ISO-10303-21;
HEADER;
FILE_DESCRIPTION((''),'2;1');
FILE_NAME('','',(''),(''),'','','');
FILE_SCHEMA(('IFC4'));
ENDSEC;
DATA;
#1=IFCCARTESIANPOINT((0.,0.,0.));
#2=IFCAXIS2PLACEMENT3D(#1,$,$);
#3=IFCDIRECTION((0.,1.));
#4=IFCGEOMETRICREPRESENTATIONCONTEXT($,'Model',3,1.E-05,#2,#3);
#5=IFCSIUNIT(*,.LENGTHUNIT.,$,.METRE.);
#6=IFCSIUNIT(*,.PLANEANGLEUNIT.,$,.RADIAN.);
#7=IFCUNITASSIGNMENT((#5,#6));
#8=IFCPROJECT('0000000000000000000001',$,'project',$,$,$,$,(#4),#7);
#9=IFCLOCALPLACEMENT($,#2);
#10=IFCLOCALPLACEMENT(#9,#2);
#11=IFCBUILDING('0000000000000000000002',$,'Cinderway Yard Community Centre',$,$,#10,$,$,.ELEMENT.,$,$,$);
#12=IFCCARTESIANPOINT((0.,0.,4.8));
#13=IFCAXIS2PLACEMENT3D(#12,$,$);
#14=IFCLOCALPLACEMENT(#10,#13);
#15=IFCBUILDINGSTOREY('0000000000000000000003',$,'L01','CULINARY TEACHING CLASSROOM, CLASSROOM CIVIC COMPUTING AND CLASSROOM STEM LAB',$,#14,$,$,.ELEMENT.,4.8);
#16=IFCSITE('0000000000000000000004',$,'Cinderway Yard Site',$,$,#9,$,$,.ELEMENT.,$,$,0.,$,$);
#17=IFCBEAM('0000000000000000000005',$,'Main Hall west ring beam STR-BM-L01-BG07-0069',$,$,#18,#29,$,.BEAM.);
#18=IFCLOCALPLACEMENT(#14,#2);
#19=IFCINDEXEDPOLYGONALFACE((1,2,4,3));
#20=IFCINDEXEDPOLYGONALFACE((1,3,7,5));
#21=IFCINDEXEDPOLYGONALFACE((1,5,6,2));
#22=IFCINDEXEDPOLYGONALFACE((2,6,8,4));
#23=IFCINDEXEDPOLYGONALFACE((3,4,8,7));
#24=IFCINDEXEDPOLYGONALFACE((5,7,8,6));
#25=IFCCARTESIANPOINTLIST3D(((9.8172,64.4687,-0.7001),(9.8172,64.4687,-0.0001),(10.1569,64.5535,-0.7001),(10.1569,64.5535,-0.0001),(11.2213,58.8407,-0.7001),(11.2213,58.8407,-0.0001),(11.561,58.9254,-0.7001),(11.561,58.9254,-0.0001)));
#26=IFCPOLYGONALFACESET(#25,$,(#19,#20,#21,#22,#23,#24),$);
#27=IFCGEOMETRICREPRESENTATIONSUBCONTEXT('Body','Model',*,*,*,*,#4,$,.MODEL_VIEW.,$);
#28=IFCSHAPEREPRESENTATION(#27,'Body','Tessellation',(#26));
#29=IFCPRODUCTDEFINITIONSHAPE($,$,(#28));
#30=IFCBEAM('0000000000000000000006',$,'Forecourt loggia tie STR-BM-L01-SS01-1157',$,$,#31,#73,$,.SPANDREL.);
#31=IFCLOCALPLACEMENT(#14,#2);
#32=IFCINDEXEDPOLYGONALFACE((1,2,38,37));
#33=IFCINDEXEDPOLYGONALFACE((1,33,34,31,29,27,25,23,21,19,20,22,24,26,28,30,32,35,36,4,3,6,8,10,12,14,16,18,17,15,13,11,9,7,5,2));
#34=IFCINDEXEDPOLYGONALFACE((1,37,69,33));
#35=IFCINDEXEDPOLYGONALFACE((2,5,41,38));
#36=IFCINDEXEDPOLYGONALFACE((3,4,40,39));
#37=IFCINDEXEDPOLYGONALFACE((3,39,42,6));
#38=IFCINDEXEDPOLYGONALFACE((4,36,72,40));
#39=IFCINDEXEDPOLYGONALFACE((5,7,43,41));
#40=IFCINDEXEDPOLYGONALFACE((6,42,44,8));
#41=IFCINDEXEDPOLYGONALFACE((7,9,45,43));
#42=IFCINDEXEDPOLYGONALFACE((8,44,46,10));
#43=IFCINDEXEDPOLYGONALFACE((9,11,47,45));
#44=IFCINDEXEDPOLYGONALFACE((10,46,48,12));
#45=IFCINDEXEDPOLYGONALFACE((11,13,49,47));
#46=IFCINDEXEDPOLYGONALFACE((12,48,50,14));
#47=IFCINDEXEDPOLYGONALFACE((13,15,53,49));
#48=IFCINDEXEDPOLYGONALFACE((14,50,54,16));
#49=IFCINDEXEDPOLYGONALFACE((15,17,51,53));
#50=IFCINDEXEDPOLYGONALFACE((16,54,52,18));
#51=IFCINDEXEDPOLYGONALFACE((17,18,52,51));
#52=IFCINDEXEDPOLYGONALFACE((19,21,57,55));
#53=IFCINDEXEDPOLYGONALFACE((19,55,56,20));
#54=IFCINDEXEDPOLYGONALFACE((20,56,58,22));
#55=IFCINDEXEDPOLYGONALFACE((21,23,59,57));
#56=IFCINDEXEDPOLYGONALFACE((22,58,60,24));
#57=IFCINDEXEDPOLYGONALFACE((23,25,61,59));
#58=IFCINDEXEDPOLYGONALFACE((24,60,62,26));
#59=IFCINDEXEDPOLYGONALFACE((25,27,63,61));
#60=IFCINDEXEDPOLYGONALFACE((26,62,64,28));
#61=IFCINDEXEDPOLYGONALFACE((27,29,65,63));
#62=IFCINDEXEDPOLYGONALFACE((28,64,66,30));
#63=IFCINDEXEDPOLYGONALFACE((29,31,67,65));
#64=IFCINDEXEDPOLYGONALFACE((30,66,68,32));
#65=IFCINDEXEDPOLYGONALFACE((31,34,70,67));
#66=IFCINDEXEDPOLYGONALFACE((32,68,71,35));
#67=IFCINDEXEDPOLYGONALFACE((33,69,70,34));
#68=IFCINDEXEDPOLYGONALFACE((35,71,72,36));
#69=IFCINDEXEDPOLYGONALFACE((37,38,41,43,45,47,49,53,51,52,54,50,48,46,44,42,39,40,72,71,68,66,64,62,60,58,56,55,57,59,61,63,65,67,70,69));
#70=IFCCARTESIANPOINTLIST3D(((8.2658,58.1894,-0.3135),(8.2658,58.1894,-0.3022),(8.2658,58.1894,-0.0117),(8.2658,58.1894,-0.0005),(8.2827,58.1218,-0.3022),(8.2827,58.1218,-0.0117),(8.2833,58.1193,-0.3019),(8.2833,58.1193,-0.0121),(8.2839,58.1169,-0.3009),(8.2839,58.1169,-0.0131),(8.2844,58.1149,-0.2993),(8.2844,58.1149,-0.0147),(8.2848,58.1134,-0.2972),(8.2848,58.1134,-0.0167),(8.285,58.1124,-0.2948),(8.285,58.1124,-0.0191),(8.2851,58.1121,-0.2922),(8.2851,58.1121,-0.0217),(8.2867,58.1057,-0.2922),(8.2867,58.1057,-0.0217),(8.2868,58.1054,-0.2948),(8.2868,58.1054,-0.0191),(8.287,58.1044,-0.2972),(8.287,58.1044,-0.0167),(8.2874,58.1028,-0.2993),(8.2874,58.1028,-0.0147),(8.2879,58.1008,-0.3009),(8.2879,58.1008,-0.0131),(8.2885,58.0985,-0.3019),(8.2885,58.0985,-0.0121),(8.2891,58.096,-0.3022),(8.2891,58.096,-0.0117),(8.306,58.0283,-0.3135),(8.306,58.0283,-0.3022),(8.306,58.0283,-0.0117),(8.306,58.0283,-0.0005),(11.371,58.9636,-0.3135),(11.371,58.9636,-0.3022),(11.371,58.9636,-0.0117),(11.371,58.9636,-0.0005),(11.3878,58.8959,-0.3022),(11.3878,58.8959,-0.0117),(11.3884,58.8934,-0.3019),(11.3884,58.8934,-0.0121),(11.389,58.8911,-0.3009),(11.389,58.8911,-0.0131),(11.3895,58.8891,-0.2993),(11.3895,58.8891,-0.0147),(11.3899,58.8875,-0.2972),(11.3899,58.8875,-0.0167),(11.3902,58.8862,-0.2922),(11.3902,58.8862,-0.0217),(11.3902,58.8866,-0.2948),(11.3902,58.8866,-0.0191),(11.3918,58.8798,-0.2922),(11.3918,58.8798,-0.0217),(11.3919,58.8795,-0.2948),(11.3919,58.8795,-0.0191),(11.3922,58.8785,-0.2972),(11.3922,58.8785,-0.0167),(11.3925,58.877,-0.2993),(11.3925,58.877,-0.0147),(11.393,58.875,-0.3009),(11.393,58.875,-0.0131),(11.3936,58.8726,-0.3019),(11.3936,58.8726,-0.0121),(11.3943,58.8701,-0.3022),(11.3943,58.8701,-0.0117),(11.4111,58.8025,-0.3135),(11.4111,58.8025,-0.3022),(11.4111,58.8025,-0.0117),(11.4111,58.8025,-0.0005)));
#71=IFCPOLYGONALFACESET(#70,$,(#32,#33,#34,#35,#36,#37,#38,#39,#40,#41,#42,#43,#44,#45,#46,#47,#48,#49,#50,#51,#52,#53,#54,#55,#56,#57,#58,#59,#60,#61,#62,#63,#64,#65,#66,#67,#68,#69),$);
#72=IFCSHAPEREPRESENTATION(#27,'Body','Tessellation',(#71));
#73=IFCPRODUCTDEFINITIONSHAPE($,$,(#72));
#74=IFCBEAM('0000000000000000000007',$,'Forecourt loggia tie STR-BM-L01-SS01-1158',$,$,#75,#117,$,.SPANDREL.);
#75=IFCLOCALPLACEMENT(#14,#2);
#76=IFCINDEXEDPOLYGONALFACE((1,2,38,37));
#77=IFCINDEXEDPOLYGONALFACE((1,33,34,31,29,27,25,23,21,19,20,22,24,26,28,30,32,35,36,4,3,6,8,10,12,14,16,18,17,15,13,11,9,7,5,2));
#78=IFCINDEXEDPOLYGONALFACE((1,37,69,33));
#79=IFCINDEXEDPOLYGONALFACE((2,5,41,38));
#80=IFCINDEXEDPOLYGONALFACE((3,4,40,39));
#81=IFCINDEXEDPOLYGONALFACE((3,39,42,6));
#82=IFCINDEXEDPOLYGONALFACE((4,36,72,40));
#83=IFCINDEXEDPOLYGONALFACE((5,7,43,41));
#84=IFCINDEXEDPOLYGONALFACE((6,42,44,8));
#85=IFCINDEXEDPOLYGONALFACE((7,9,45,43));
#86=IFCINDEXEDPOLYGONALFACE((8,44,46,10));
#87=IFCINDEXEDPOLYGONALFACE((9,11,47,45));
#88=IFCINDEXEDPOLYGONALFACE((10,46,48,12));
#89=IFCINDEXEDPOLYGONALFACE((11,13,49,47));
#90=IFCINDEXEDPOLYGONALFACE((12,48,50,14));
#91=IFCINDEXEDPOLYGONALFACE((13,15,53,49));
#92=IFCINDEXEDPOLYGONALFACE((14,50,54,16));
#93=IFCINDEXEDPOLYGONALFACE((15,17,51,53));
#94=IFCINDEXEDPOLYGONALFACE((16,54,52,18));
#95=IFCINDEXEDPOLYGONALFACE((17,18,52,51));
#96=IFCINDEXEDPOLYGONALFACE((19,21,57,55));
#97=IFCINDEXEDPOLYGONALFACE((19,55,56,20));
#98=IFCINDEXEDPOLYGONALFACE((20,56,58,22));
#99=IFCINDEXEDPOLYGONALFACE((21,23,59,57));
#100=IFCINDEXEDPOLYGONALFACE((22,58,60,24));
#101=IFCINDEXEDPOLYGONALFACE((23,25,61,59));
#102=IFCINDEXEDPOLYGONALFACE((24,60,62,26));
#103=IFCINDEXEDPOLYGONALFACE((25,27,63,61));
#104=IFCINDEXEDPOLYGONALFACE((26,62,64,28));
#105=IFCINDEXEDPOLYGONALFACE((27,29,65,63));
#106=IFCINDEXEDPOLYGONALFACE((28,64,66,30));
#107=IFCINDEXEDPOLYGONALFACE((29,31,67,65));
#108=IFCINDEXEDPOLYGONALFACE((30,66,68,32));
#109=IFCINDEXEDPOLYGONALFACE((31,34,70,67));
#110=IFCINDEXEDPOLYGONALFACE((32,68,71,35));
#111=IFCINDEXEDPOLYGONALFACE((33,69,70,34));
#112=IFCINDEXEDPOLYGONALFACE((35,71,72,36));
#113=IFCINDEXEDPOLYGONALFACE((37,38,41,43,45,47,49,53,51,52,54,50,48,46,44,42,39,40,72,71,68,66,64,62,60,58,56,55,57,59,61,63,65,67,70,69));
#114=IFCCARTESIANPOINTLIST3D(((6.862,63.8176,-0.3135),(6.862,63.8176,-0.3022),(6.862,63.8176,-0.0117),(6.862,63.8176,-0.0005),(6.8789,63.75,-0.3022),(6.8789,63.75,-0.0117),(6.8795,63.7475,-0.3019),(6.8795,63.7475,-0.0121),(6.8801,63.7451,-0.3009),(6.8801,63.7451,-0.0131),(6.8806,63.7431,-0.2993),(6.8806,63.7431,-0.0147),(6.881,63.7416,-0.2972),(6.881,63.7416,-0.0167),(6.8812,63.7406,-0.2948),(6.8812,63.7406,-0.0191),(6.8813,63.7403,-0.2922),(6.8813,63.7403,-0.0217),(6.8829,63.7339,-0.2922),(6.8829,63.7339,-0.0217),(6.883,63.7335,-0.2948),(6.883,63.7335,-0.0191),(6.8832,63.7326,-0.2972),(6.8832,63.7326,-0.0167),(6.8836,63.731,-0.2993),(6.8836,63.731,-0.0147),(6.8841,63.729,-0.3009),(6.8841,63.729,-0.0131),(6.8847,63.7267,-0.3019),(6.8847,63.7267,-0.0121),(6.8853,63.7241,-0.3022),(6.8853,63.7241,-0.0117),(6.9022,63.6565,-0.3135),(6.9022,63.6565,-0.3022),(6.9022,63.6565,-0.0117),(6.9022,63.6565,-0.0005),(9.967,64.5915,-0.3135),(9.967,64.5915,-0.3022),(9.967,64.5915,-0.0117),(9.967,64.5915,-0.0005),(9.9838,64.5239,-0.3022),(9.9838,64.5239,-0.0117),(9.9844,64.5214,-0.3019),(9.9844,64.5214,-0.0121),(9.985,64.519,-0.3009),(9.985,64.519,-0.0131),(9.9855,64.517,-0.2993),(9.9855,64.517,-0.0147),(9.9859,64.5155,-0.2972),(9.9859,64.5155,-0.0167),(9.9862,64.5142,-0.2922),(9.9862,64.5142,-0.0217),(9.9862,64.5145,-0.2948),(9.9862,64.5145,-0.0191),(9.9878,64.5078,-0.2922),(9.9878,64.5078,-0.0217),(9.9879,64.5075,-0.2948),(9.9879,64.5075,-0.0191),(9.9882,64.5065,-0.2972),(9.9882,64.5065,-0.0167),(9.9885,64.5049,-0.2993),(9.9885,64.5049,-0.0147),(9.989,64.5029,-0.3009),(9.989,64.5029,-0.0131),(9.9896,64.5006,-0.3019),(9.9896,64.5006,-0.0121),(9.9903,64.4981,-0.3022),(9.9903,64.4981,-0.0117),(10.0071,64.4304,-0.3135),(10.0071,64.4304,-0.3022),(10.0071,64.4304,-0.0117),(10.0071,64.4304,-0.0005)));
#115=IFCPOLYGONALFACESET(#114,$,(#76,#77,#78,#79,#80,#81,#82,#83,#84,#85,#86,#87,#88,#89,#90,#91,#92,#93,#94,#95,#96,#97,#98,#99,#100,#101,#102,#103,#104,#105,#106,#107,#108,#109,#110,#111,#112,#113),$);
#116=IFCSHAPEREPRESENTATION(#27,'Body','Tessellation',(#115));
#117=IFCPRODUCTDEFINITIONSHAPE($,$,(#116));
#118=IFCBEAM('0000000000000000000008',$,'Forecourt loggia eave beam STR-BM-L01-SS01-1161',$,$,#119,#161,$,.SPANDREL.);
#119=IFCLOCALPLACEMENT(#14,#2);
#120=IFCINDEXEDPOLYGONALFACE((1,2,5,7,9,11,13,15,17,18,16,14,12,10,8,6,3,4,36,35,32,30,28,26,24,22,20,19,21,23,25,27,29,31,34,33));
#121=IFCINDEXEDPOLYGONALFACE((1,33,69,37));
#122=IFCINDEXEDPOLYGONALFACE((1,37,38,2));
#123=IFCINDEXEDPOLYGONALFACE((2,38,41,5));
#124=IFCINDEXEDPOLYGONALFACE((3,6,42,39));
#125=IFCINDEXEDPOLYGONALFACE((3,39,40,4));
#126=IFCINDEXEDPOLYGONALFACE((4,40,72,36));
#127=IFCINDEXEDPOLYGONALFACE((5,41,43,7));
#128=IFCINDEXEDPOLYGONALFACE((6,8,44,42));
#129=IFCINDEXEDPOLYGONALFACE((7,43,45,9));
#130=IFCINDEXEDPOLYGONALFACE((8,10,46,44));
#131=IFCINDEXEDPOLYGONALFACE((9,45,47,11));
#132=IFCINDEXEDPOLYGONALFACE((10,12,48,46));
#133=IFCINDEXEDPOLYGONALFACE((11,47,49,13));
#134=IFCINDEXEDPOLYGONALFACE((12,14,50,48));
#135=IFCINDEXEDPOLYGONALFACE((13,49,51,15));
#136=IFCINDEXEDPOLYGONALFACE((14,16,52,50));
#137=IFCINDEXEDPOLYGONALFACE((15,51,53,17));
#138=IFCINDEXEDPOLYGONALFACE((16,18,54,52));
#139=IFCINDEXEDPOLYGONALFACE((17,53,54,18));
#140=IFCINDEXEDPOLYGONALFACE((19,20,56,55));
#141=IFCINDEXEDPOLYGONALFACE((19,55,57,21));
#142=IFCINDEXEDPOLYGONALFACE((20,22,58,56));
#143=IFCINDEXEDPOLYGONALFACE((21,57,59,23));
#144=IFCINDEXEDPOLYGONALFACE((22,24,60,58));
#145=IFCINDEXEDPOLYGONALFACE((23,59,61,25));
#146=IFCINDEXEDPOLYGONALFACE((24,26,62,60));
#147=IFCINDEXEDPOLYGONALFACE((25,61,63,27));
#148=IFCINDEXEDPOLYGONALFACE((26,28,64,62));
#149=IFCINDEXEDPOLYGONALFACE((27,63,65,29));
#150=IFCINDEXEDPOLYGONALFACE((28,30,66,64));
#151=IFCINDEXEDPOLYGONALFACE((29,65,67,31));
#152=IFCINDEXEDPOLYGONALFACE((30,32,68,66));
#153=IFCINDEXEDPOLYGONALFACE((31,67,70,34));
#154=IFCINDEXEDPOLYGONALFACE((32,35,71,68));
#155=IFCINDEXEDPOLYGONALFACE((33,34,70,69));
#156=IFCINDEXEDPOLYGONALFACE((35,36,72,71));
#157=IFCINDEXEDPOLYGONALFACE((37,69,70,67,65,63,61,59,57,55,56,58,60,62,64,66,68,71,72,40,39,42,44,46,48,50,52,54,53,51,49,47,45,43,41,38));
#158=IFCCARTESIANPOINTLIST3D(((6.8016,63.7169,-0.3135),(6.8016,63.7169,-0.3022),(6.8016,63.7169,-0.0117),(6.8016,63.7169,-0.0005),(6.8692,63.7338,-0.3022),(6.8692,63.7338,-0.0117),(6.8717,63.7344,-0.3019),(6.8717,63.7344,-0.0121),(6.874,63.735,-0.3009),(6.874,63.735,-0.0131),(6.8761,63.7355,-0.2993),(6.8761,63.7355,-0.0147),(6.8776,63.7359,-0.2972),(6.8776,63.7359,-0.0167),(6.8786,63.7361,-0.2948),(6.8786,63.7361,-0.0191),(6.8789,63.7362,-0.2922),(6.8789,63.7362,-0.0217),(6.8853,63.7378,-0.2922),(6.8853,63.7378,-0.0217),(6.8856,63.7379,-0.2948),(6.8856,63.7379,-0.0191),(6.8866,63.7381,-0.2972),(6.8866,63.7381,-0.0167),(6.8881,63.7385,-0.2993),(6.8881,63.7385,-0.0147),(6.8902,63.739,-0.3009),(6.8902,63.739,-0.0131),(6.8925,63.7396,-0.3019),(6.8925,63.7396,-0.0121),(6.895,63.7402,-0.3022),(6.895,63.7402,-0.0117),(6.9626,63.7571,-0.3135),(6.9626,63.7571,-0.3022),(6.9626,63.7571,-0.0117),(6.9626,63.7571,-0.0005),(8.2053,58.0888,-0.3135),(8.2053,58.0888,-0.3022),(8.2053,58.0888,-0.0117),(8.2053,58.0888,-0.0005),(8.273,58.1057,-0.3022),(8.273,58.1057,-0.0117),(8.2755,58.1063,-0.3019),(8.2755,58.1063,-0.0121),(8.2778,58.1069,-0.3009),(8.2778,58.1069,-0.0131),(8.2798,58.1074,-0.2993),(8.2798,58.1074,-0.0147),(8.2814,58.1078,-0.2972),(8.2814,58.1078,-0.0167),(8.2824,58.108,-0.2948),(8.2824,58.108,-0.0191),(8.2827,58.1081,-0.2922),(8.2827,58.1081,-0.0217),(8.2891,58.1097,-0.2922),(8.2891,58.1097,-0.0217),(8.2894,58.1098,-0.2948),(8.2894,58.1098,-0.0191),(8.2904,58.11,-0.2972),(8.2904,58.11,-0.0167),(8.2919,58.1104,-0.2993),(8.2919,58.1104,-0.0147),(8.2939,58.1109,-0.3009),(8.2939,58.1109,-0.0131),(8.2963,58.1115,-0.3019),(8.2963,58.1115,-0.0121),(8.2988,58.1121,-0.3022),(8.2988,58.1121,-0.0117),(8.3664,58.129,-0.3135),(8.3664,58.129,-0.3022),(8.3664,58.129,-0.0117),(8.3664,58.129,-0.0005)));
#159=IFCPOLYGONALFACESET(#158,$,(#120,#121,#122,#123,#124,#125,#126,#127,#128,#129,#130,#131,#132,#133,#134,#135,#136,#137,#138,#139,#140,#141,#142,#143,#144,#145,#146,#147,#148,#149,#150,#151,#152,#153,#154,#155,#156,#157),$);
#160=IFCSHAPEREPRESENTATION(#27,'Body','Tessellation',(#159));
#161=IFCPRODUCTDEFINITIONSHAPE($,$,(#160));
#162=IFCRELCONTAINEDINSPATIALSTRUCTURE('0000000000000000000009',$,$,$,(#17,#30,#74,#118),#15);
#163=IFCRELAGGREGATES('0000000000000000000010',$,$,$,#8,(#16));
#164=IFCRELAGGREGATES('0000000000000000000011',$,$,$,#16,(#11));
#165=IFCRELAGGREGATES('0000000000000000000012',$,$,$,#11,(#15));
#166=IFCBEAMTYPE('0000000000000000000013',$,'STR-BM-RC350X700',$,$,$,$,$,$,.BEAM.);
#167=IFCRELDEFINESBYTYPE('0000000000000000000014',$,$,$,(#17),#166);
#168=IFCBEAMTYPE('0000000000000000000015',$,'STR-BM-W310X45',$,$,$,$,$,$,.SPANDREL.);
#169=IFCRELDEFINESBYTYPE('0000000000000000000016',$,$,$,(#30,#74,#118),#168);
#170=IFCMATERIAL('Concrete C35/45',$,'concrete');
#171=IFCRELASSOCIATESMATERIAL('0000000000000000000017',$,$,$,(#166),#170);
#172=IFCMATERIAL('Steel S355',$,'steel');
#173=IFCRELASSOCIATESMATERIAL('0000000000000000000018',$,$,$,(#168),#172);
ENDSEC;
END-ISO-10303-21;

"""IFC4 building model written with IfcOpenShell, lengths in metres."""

from ifc_helpers import new_model, si_unit, direction, frame, origin, origin_2d, place, context, subcontext, project, spatial, rectangle, i_section, extrude, material, material_profile, profile_set, type_object, element, save


model = new_model("IFC4")

# Units and contexts
model_context = context("Model", 3, precision=1e-05, world=origin(), true_north=direction((0.0, 1.0)))
body_context = subcontext(model_context, "Body", "Model", "MODEL_VIEW")
ifc_project = project(units=[si_unit("LENGTHUNIT", "METRE"), si_unit("PLANEANGLEUNIT", "RADIAN")], contexts=[model_context])

# Site, building, storey
site_placement = place(None, origin())
site = spatial("IfcSite", under=ifc_project, at=site_placement, Name="Cinderway Yard Site", CompositionType="ELEMENT", RefElevation=0.0)
building_placement = place(site_placement, origin())
building = spatial("IfcBuilding", under=site, at=building_placement, Name="Cinderway Yard Community Centre", CompositionType="ELEMENT")
storey_placement = place(building_placement, frame((0.0, 0.0, 4.8)))
storey = spatial("IfcBuildingStorey", under=building, at=storey_placement, Name="L01", Description="CULINARY TEACHING CLASSROOM, CLASSROOM CIVIC COMPUTING AND CLASSROOM STEM LAB", CompositionType="ELEMENT", Elevation=4.8)

# Shared definitions
ifc_material_1 = material(Name="Steel S355", Category="steel")

# Beams
ifc_material_2 = material(Name="Concrete C35/45", Category="concrete")
ifc_material_profile_1 = material_profile(ifc_material_2, rectangle(XDim=0.3501, YDim=0.7, at=origin_2d()), Name="Concrete C35/45")
ifc_profile_set_1 = profile_set([ifc_material_profile_1], Name="Concrete C35/45")
beam_type_1 = type_object("IfcBeamType", Name="STR-BM-RC350X700", PredefinedType="BEAM", material=ifc_profile_set_1)
beam_1_placement = place(storey_placement, frame((11.3911, 58.8831, -0.3501), z_axis=(-0.24206, 0.970261, 0.0), x_axis=(-0.970261, -0.24206, 0.0)))
element("IfcBeam", 1, at=beam_1_placement, inside=storey, type_object=beam_type_1, Name="Main Hall west ring beam STR-BM-L01-BG07-0069", PredefinedType="BEAM", context=body_context, shape_type="SweptSolid", body=[
    extrude(rectangle(XDim=0.3501, YDim=0.7, at=origin_2d()), origin(), (0.0, 0.0, 1.0), 5.8005),
])
ifc_material_profile_2 = material_profile(ifc_material_1, i_section(OverallWidth=0.166, OverallDepth=0.313, WebThickness=0.0066, FlangeThickness=0.0112, FilletRadius=0.01, at=origin_2d()), Name="Steel S355")
ifc_profile_set_2 = profile_set([ifc_material_profile_2], Name="Steel S355")
beam_type_2 = type_object("IfcBeamType", Name="STR-BM-W310X45", PredefinedType="SPANDREL", material=ifc_profile_set_2)
beam_2_placement = place(storey_placement, frame((8.2859, 58.1089, -0.157), z_axis=(0.970299, 0.241907, 0.0), x_axis=(-0.241907, 0.970299, 0.0)))
element("IfcBeam", 2, at=beam_2_placement, inside=storey, type_object=beam_type_2, Name="Forecourt loggia tie STR-BM-L01-SS01-1157", PredefinedType="SPANDREL", context=body_context, shape_type="SweptSolid", body=[
    extrude(i_section(OverallWidth=0.166, OverallDepth=0.313, WebThickness=0.0066, FlangeThickness=0.0112, FilletRadius=0.01, at=origin_2d()), origin(), (0.0, 0.0, 1.0), 3.2002),
])
beam_3_placement = place(storey_placement, frame((6.8821, 63.7371, -0.157), z_axis=(0.970313, 0.241853, 0.0), x_axis=(-0.241853, 0.970313, 0.0)))
element("IfcBeam", 3, at=beam_3_placement, inside=storey, type_object=beam_type_2, Name="Forecourt loggia tie STR-BM-L01-SS01-1158", PredefinedType="SPANDREL", context=body_context, shape_type="SweptSolid", body=[
    extrude(i_section(OverallWidth=0.166, OverallDepth=0.313, WebThickness=0.0066, FlangeThickness=0.0112, FilletRadius=0.01, at=origin_2d()), origin(), (0.0, 0.0, 1.0), 3.2),
])
beam_4_placement = place(storey_placement, frame((8.2859, 58.1089, -0.157), z_axis=(-0.242011, 0.970274, 0.0), x_axis=(-0.970274, -0.242011, 0.0)))
element("IfcBeam", 4, at=beam_4_placement, inside=storey, type_object=beam_type_2, Name="Forecourt loggia eave beam STR-BM-L01-SS01-1161", PredefinedType="SPANDREL", context=body_context, shape_type="SweptSolid", body=[
    extrude(i_section(OverallWidth=0.166, OverallDepth=0.313, WebThickness=0.0066, FlangeThickness=0.0112, FilletRadius=0.01, at=origin_2d()), origin(), (0.0, 0.0, 1.0), 5.8005),
])

save(model, "model.ifc")
